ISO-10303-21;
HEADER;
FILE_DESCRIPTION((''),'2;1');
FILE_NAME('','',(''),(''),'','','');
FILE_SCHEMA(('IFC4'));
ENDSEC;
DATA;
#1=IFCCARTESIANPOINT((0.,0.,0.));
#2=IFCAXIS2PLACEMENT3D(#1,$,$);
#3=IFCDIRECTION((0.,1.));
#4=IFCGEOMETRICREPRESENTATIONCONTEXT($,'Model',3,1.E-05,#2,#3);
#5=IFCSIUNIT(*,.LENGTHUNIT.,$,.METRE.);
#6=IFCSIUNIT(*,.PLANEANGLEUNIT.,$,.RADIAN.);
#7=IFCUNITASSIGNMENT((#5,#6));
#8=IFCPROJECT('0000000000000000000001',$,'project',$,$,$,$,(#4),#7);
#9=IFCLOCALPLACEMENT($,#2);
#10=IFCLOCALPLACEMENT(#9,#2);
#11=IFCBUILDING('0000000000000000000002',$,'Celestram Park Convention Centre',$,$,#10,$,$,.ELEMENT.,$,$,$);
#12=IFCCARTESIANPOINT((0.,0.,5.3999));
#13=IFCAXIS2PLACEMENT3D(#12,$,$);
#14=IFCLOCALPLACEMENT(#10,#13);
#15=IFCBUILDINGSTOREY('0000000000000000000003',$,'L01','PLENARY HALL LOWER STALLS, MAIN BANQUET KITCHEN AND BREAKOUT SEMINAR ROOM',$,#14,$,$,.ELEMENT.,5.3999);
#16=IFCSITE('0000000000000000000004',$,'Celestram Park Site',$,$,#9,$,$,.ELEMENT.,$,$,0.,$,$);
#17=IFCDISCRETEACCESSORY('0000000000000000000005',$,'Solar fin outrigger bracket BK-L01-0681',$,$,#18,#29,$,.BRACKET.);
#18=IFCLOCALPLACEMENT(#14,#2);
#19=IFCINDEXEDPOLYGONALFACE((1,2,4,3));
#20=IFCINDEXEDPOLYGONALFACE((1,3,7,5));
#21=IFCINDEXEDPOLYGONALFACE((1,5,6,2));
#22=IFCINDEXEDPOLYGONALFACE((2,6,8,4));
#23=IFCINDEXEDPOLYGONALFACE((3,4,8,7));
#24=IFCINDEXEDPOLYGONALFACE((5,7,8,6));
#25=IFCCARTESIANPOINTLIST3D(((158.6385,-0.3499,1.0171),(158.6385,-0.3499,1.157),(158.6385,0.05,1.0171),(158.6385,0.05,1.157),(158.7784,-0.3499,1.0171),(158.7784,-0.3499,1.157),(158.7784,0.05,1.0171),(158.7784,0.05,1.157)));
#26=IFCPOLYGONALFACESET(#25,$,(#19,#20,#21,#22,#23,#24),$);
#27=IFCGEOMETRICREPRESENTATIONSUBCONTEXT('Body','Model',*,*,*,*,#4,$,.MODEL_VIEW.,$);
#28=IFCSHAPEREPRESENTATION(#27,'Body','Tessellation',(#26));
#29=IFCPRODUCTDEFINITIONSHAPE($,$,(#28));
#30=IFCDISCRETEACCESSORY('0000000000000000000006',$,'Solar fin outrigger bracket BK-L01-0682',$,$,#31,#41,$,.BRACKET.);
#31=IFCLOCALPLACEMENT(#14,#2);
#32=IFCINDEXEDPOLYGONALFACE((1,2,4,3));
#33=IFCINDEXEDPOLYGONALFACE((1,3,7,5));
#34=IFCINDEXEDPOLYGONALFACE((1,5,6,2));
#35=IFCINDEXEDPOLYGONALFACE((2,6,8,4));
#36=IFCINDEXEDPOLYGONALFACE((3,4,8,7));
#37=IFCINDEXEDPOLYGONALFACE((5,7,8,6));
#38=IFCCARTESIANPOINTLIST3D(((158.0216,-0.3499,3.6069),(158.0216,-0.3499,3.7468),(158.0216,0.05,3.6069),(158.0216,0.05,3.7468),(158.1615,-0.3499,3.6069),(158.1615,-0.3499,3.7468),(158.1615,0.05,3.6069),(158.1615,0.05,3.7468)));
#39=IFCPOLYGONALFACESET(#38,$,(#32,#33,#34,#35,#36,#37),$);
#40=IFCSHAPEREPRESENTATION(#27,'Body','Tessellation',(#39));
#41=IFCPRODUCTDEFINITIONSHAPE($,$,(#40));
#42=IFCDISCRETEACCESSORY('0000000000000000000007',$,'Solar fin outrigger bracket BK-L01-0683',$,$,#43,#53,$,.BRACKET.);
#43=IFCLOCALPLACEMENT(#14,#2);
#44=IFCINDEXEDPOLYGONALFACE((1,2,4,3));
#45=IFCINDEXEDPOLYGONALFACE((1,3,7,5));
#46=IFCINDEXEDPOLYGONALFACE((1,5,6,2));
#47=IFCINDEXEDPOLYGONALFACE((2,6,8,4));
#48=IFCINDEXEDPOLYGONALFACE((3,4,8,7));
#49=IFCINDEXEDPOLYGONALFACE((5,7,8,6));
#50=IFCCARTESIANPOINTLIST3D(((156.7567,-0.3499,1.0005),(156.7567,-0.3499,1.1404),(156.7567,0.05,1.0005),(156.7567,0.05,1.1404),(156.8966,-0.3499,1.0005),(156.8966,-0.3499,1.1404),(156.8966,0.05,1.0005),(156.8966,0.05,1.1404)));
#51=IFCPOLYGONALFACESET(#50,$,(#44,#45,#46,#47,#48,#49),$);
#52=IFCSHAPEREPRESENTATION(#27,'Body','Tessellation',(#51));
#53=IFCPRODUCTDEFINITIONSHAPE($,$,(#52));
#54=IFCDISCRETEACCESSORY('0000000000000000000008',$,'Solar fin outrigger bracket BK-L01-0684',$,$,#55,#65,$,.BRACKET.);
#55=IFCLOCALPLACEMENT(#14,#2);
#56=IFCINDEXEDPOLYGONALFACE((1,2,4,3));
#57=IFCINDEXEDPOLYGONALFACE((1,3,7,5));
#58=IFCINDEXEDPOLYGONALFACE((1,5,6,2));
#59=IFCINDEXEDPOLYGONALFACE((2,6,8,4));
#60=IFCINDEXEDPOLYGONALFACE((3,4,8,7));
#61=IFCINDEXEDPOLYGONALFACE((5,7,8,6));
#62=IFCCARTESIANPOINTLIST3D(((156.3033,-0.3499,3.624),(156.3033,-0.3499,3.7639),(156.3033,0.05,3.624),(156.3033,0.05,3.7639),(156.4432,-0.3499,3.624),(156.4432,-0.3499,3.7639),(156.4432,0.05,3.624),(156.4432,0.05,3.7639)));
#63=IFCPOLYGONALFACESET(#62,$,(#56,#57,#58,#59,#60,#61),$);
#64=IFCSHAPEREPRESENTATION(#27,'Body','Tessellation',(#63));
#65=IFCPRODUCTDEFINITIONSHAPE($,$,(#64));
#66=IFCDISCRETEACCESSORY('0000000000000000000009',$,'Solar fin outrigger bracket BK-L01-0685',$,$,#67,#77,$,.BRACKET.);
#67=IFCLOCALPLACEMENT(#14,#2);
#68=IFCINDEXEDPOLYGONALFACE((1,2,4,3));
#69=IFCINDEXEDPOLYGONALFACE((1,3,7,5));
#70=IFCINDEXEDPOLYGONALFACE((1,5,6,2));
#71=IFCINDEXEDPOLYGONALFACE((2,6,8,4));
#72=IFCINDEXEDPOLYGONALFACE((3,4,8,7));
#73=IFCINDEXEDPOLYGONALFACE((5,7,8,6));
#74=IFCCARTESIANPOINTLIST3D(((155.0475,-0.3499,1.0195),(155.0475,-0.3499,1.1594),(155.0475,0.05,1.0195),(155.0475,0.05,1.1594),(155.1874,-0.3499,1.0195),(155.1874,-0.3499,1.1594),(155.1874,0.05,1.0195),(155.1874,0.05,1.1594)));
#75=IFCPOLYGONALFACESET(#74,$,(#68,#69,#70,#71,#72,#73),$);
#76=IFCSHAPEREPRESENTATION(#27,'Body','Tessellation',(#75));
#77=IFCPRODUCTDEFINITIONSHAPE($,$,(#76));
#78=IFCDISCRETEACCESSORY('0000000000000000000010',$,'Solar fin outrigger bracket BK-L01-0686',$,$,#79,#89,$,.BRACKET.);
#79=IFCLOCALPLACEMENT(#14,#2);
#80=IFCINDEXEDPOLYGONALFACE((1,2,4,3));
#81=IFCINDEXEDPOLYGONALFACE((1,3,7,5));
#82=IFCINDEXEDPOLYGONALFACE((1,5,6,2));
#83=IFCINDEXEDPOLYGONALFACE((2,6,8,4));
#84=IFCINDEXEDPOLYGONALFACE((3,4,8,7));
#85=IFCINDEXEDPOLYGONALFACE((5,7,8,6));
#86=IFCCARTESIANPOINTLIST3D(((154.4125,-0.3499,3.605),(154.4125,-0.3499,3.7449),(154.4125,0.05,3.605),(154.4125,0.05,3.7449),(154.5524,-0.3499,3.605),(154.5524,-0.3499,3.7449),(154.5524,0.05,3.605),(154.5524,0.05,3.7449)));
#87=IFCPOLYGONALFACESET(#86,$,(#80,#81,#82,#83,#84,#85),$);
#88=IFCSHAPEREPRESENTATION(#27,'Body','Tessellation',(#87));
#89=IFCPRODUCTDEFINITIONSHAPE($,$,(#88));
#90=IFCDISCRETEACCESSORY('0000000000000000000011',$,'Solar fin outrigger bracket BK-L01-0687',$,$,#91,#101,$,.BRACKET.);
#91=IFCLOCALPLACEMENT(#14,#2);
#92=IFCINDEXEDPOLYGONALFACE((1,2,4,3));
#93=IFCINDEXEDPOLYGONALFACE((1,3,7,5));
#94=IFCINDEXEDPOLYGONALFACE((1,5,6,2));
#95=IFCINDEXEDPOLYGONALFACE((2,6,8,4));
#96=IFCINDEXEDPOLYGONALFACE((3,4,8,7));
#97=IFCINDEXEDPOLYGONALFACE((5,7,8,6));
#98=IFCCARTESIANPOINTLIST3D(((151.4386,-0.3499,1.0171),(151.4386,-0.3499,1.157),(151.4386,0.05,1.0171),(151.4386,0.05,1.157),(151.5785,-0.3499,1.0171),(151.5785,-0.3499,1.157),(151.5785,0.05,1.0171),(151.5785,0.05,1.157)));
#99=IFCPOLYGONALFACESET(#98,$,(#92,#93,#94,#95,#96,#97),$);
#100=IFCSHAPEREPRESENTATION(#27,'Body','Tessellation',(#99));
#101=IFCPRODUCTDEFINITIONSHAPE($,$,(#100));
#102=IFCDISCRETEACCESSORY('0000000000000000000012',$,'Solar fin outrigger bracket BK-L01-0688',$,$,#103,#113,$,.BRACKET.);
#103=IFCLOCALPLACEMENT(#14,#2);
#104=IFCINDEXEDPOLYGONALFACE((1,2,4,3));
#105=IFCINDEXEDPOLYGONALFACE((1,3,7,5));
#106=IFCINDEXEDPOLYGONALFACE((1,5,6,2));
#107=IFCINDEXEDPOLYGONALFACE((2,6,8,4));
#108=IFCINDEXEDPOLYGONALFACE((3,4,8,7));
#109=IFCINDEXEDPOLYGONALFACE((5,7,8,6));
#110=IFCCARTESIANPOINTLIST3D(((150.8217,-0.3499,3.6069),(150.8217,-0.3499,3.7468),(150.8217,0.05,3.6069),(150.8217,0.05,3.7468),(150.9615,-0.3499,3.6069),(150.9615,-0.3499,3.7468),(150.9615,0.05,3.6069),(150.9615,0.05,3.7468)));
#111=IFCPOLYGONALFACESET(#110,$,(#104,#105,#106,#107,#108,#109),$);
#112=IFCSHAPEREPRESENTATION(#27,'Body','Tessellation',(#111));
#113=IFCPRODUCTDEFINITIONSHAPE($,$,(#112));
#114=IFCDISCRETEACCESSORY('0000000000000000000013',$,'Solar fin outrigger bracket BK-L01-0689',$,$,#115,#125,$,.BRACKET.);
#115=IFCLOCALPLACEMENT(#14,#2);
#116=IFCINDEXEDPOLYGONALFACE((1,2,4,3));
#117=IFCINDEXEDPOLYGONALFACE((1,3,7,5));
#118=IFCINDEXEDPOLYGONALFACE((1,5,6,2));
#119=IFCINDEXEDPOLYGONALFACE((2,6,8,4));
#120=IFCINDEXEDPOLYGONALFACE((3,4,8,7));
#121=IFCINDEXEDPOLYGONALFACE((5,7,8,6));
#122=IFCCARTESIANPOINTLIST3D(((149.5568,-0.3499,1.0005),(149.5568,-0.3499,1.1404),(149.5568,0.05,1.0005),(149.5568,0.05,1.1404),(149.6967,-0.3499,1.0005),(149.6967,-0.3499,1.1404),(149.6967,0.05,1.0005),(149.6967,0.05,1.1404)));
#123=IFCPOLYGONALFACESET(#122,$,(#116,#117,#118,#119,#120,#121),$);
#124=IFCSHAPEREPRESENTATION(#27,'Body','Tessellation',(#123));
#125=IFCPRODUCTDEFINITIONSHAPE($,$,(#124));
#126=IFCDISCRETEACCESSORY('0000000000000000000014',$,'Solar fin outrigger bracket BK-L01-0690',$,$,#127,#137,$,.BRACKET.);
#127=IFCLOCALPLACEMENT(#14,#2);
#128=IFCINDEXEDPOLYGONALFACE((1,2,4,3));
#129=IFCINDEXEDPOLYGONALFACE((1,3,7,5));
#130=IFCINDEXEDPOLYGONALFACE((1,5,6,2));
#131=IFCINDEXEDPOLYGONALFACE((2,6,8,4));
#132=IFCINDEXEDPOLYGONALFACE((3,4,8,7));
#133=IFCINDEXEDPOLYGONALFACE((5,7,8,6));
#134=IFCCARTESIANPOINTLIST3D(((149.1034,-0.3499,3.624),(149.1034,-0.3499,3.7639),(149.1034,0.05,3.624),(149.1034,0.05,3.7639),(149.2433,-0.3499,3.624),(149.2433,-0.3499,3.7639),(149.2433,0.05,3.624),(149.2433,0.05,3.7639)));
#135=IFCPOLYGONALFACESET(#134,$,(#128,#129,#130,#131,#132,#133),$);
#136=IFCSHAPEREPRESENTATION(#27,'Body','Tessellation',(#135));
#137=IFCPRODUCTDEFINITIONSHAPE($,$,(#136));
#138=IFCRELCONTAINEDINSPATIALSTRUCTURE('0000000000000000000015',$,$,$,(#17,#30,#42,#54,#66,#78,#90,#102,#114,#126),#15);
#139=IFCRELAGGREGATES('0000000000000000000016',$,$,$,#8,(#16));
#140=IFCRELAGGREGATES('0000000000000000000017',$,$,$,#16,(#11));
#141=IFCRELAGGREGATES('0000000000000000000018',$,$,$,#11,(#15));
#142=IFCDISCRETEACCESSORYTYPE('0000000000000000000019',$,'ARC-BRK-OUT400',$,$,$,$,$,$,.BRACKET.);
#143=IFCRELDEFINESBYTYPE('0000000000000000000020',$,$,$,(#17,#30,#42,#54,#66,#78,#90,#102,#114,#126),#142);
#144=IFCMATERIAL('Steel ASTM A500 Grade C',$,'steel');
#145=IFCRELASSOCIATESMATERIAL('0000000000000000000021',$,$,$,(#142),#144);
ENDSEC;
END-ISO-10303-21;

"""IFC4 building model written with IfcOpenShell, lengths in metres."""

from ifc_helpers import new_model, si_unit, direction, frame, origin, origin_2d, place, context, subcontext, project, spatial, rectangle, extrude, material, type_object, element, save


model = new_model("IFC4")

# Units and contexts
model_context = context("Model", 3, precision=1e-05, world=origin(), true_north=direction((0.0, 1.0)))
body_context = subcontext(model_context, "Body", "Model", "MODEL_VIEW")
ifc_project = project(units=[si_unit("LENGTHUNIT", "METRE"), si_unit("PLANEANGLEUNIT", "RADIAN")], contexts=[model_context])

# Site, building, storey
site_placement = place(None, origin())
site = spatial("IfcSite", under=ifc_project, at=site_placement, Name="Celestram Park Site", CompositionType="ELEMENT", RefElevation=0.0)
building_placement = place(site_placement, origin())
building = spatial("IfcBuilding", under=site, at=building_placement, Name="Celestram Park Convention Centre", CompositionType="ELEMENT")
storey_placement = place(building_placement, frame((0.0, 0.0, 5.3999)))
storey = spatial("IfcBuildingStorey", under=building, at=storey_placement, Name="L01", Description="PLENARY HALL LOWER STALLS, MAIN BANQUET KITCHEN AND BREAKOUT SEMINAR ROOM", CompositionType="ELEMENT", Elevation=5.3999)

# Discrete accessories
ifc_material_1 = material(Name="Steel ASTM A500 Grade C", Category="steel")
discrete_accessory_type = type_object("IfcDiscreteAccessoryType", Name="ARC-BRK-OUT400", PredefinedType="BRACKET", material=ifc_material_1)
for number, where, z_axis, x_axis, name in (
    (1, (158.7085, -0.1499, 1.0171), (0.0, 0.0, 1.0), (0.0, -1.0, 0.0), "Solar fin outrigger bracket BK-L01-0681"),
    (2, (158.0916, -0.1499, 3.6069), (0.0, 0.0, 1.0), (0.0, -1.0, 0.0), "Solar fin outrigger bracket BK-L01-0682"),
    (3, (156.8267, -0.1499, 1.0005), (0.0, 0.0, 1.0), (0.0, -1.0, 0.0), "Solar fin outrigger bracket BK-L01-0683"),
    (4, (156.3733, -0.1499, 3.624), (0.0, 0.0, 1.0), (0.0, -1.0, 0.0), "Solar fin outrigger bracket BK-L01-0684"),
    (5, (155.1174, -0.1499, 1.0195), (0.0, 0.0, 1.0), (0.0, -1.0, 0.0), "Solar fin outrigger bracket BK-L01-0685"),
    (6, (154.4824, -0.1499, 3.605), (0.0, 0.0, 1.0), (0.0, -1.0, 0.0), "Solar fin outrigger bracket BK-L01-0686"),
    (7, (151.5085, -0.1499, 1.0171), (0.0, 0.0, 1.0), (0.0, -1.0, 0.0), "Solar fin outrigger bracket BK-L01-0687"),
    (8, (150.8916, -0.1499, 3.6069), (0.0, 0.0, 1.0), (0.0, -1.0, 0.0), "Solar fin outrigger bracket BK-L01-0688"),
    (9, (149.6267, -0.1499, 1.0005), (0.0, 0.0, 1.0), (0.0, -1.0, 0.0), "Solar fin outrigger bracket BK-L01-0689"),
    (10, (149.1733, -0.1499, 3.624), (0.0, 0.0, 1.0), (0.0, -1.0, 0.0), "Solar fin outrigger bracket BK-L01-0690"),
):
    element("IfcDiscreteAccessory", number, at=place(storey_placement, frame(where, z_axis=z_axis, x_axis=x_axis)), inside=storey, type_object=discrete_accessory_type, Name=name, PredefinedType="BRACKET", context=body_context, shape_type="SweptSolid", body=[
        extrude(rectangle(XDim=0.3999, YDim=0.1399, at=origin_2d()), origin(), (0.0, 0.0, 1.0), 0.1399),
    ])

save(model, "model.ifc")
